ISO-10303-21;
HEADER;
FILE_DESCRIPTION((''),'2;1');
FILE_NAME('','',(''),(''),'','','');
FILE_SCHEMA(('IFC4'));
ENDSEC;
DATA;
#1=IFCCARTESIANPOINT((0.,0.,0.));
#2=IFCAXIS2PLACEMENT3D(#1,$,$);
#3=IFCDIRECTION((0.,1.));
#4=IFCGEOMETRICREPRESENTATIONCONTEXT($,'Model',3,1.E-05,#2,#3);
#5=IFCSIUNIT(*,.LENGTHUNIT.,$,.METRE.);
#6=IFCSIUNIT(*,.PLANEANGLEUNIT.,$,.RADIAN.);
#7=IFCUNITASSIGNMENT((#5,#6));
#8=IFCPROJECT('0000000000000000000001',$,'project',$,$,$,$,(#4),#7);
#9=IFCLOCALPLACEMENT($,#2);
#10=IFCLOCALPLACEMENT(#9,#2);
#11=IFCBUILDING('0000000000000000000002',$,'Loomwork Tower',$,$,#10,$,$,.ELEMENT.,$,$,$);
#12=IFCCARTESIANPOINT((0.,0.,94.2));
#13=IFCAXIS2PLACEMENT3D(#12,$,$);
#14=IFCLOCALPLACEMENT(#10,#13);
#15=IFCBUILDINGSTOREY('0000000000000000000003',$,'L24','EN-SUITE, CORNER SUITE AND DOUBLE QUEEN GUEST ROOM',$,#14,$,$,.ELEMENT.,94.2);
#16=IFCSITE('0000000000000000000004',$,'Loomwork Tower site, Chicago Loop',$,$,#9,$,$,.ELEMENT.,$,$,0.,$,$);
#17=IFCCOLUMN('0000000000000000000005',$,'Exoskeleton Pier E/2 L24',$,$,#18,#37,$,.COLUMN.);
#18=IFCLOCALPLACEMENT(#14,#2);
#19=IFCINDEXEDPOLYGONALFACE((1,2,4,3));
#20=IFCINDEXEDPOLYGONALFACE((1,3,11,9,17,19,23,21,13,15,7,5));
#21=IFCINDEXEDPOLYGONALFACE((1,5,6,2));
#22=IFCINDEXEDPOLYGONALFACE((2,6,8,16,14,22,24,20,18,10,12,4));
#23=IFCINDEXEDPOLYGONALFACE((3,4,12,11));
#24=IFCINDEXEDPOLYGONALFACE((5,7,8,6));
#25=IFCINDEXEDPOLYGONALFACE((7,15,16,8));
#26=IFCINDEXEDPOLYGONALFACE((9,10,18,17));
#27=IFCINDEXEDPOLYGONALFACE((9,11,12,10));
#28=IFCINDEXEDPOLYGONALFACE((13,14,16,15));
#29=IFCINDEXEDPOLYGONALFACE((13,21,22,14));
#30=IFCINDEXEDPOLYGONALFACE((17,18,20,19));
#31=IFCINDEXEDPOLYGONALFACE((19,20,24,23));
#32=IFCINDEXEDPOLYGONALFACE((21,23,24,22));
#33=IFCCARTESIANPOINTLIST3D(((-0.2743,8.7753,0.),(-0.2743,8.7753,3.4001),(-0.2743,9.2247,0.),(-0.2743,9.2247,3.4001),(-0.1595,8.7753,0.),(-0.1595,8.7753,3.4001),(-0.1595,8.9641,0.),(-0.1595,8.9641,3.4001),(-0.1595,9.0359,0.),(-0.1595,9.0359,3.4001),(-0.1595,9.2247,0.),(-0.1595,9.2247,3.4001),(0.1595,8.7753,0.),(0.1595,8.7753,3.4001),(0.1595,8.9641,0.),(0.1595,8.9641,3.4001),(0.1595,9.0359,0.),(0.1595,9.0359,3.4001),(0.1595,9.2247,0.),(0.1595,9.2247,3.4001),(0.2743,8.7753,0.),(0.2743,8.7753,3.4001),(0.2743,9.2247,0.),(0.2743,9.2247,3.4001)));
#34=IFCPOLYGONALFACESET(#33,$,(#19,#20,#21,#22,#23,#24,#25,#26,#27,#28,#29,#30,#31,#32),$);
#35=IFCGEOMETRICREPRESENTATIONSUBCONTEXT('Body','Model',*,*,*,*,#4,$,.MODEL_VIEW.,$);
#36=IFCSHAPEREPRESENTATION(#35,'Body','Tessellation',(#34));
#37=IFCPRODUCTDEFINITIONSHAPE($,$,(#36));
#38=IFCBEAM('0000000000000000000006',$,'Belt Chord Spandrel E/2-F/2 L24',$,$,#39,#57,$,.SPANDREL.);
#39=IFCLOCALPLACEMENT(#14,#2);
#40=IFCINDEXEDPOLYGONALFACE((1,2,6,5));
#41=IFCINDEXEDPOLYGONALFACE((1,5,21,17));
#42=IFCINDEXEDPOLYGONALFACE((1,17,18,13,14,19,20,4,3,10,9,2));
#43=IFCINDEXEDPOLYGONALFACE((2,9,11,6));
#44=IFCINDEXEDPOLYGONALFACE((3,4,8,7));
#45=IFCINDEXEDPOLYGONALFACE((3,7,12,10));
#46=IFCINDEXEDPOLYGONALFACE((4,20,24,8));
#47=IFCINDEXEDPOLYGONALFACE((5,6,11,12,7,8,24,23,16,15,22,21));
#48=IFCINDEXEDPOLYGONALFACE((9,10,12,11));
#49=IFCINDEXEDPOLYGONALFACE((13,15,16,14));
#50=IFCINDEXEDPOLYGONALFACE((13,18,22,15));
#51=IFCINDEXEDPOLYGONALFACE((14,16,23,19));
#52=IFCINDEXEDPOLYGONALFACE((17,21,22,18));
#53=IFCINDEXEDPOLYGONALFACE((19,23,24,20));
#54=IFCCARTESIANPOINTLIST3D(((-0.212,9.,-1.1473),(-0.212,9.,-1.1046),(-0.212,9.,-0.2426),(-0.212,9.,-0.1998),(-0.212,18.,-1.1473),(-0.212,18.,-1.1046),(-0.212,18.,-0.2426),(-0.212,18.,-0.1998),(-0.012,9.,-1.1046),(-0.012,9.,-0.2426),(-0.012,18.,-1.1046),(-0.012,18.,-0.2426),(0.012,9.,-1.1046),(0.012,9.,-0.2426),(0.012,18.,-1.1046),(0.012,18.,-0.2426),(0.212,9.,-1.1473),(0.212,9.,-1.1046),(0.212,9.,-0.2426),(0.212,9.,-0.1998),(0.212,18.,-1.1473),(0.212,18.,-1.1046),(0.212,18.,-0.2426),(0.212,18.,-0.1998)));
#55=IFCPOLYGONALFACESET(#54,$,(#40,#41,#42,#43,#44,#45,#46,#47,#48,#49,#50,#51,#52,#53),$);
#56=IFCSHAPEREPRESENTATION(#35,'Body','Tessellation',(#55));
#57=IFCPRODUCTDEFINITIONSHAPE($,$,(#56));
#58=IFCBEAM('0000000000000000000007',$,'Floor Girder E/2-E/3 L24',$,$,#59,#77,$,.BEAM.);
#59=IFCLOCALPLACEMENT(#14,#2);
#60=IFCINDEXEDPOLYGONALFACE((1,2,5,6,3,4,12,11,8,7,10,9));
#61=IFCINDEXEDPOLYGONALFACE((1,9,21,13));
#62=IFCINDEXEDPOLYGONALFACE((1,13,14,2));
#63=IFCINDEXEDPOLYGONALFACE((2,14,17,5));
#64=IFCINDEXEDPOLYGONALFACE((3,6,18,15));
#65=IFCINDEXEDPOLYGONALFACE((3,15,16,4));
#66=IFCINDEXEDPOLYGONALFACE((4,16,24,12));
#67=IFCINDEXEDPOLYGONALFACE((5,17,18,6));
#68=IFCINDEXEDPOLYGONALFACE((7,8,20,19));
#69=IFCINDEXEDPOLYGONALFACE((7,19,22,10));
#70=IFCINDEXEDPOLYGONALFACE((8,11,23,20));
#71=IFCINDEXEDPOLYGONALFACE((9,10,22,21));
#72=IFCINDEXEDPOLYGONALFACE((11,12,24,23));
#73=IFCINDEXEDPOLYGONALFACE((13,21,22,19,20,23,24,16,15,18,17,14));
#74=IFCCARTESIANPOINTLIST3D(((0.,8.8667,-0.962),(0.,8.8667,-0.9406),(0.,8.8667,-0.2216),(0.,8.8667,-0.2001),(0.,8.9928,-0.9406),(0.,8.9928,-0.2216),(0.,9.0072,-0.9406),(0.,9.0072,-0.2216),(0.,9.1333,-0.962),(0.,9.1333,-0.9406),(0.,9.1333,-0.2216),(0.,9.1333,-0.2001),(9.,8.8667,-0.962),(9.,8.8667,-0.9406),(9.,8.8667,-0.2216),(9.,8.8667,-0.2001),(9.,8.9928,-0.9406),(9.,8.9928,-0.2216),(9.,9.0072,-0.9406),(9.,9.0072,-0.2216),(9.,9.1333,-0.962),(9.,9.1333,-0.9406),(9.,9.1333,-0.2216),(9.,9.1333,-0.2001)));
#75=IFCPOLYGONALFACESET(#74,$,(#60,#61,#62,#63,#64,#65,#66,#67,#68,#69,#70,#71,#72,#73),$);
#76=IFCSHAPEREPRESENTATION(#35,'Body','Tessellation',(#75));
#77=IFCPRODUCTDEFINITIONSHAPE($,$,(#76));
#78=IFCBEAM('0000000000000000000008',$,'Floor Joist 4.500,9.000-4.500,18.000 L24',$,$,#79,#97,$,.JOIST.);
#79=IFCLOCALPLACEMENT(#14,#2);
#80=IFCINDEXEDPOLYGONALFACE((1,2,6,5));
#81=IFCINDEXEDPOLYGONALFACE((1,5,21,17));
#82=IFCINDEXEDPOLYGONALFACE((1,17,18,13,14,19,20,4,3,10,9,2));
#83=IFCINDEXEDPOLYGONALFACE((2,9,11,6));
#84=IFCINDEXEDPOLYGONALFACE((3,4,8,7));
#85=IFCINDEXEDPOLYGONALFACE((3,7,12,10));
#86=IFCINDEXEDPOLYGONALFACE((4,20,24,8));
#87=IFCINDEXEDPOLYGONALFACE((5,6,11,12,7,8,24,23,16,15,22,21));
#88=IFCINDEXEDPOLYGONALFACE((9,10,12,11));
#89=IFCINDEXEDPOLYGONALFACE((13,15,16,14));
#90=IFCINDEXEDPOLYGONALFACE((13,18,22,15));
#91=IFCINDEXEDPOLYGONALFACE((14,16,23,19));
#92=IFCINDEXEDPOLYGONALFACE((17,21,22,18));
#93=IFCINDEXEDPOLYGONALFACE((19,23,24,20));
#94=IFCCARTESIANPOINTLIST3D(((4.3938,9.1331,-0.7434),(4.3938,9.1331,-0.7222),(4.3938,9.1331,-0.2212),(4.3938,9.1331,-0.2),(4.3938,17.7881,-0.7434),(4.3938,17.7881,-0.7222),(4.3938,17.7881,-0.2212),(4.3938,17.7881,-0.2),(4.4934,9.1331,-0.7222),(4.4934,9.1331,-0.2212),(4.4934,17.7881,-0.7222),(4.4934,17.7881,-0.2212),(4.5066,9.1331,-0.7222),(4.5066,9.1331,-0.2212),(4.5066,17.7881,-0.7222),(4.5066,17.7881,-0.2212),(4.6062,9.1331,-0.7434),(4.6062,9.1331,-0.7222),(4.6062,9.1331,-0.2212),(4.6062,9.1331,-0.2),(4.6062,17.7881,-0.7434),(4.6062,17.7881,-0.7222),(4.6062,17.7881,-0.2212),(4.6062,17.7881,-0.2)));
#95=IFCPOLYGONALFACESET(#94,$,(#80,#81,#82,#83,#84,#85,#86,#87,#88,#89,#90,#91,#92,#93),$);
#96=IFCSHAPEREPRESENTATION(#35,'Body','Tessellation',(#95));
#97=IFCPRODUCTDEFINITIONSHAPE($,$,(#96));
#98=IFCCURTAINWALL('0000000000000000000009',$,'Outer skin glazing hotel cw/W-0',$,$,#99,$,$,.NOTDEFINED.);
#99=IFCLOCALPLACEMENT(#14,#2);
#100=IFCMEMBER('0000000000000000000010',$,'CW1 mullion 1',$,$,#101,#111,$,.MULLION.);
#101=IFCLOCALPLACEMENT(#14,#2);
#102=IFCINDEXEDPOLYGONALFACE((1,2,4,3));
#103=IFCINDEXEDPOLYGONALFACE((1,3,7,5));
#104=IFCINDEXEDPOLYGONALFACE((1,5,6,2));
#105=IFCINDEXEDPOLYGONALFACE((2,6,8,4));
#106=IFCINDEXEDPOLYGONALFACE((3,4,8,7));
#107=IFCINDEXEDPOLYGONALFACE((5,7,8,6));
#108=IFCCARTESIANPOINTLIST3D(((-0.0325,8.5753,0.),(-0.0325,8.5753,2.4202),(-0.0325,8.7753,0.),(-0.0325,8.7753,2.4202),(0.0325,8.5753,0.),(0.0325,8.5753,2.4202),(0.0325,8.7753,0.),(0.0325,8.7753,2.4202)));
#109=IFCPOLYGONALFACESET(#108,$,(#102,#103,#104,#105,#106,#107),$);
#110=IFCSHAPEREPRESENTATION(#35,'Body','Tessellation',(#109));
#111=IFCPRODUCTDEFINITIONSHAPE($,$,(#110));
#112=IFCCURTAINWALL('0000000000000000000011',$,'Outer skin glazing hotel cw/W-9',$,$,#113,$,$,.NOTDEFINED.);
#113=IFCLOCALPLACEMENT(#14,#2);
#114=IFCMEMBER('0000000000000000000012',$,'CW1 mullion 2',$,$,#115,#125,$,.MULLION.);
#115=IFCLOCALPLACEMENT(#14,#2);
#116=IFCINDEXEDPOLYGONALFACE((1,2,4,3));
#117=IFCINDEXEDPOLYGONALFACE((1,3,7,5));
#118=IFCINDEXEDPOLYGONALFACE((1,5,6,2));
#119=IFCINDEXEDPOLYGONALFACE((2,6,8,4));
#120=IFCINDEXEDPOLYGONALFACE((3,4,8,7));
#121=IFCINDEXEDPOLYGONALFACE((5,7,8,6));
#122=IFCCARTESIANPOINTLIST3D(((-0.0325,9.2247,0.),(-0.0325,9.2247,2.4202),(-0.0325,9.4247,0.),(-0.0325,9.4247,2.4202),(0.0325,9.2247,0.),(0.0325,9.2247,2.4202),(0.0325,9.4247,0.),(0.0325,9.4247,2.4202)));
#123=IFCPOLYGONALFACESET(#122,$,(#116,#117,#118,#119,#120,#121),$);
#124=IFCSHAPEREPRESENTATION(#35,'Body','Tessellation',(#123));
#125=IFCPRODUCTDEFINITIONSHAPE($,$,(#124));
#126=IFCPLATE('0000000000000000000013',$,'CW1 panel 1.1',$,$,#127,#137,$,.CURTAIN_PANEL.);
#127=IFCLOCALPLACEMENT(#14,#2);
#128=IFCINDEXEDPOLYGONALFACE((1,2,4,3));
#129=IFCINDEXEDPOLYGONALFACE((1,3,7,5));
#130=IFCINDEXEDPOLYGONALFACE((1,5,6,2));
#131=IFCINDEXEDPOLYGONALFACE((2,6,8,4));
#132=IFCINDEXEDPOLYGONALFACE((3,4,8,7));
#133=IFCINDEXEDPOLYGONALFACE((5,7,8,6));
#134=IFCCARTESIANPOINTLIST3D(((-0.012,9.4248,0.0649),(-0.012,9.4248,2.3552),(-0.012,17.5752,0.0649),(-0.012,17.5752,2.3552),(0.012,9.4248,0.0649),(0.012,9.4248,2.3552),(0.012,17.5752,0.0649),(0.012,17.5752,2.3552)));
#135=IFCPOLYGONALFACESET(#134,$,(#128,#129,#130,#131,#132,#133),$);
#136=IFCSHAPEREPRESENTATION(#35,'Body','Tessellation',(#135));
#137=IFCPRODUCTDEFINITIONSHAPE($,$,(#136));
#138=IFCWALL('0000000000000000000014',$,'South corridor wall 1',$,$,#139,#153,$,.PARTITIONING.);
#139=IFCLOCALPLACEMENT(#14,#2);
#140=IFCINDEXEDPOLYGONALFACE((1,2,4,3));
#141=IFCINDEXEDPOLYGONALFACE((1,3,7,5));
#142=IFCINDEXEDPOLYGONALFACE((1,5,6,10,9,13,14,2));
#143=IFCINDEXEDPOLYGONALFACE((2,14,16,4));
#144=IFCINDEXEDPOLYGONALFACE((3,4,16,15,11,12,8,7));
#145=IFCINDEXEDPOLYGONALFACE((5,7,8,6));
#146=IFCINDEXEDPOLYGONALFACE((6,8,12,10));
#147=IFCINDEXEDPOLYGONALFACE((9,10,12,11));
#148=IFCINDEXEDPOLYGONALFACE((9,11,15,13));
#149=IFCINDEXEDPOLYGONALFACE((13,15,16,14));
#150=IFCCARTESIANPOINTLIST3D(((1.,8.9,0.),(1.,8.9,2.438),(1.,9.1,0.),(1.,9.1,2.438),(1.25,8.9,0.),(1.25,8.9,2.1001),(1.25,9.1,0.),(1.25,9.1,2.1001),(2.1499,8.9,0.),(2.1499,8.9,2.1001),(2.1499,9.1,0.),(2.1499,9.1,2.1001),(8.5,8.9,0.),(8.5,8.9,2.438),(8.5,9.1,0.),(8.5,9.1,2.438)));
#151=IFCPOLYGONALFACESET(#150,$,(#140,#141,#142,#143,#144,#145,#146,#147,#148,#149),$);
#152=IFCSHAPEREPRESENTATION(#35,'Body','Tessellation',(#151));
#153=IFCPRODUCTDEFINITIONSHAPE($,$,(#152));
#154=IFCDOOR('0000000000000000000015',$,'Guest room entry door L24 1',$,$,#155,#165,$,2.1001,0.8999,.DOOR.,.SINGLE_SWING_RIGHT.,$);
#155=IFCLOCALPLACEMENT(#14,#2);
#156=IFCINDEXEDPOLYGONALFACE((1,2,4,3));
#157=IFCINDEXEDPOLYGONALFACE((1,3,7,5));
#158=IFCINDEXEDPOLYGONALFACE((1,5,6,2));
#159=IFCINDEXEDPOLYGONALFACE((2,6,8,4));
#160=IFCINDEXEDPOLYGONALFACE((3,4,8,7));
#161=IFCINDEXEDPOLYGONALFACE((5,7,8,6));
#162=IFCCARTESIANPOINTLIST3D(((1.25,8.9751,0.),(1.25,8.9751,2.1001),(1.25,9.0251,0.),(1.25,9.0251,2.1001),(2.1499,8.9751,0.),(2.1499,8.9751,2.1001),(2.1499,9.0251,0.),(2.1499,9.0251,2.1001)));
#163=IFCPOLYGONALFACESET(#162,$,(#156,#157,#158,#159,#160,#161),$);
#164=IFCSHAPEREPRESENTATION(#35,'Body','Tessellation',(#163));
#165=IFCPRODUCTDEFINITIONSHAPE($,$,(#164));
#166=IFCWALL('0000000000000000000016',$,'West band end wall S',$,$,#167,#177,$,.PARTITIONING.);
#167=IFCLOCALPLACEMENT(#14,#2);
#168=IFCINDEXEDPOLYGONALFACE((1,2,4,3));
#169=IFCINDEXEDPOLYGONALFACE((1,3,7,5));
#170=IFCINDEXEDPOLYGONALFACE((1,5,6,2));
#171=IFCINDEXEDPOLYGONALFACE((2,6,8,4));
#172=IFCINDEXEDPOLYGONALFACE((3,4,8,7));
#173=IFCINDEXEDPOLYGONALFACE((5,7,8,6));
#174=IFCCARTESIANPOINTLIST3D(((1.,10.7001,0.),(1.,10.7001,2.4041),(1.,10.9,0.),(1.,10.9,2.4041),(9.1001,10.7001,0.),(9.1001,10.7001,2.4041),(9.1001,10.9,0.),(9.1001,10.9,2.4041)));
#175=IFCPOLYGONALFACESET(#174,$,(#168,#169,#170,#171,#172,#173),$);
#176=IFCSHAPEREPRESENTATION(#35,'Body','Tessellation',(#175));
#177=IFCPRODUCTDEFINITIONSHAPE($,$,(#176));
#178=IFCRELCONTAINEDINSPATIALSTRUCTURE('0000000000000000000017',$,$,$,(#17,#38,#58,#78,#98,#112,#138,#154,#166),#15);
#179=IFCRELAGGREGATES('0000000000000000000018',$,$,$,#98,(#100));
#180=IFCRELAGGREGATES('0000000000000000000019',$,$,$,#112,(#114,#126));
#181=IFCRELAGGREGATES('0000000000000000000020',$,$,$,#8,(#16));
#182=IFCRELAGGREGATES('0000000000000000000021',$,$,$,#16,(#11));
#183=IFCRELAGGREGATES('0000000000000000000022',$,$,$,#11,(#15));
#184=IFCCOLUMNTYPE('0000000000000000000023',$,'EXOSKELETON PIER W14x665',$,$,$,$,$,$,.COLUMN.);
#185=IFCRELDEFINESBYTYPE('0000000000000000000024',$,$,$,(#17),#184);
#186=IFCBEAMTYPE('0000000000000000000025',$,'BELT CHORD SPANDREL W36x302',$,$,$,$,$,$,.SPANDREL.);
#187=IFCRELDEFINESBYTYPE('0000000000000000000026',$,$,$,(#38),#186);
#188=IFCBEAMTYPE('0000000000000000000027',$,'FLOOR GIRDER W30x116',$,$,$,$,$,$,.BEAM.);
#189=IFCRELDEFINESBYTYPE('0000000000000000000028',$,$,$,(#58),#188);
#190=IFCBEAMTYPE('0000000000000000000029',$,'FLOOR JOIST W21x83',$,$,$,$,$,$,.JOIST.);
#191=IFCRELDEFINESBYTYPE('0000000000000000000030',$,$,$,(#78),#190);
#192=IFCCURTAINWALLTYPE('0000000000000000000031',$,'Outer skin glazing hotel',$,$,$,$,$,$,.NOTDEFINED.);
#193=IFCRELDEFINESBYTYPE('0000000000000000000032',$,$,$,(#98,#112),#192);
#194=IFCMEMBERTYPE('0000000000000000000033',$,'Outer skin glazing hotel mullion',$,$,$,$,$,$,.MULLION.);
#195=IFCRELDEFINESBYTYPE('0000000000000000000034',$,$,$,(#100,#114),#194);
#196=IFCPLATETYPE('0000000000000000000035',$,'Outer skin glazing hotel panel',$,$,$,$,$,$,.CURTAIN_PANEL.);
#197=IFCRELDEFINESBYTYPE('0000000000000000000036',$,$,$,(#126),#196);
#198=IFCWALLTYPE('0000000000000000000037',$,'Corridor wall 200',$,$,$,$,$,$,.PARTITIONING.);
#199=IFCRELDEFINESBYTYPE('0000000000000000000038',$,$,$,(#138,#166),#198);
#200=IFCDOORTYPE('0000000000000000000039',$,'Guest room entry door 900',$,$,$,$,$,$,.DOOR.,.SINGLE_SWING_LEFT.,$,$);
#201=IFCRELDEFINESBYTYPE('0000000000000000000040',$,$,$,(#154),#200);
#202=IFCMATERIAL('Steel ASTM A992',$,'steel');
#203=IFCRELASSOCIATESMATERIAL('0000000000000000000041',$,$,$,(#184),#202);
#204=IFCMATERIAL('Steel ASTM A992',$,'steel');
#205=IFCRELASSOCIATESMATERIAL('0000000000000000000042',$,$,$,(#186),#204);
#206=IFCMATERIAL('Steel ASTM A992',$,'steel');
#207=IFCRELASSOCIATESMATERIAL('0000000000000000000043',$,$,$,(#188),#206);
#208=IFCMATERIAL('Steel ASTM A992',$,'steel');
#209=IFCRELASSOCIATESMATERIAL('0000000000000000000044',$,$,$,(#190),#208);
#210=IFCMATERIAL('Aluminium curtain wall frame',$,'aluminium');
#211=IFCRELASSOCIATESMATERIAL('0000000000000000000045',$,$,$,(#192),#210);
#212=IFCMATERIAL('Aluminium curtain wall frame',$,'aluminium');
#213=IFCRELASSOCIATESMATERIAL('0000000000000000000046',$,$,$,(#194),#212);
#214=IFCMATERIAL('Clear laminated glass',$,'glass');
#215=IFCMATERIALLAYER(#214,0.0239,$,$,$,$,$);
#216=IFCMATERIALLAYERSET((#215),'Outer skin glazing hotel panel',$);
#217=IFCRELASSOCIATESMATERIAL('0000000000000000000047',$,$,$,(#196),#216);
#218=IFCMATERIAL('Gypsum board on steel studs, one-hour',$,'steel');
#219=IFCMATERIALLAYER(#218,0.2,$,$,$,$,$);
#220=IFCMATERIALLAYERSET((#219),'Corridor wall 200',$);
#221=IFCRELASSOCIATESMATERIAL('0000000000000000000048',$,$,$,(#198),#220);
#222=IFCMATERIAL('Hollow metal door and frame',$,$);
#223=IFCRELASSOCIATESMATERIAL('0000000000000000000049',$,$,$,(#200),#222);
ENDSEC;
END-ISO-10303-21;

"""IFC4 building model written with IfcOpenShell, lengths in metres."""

from ifc_helpers import new_model, si_unit, direction, frame, frame_2d, origin, origin_2d, place, context, subcontext, project, spatial, rectangle, i_section, extrude, material, layer, layer_set, material_profile, profile_set, type_object, element, fill, aggregate, save


model = new_model("IFC4")

# Units and contexts
model_context = context("Model", 3, precision=1e-05, world=origin(), true_north=direction((0.0, 1.0)))
body_context = subcontext(model_context, "Body", "Model", "MODEL_VIEW")
ifc_project = project(units=[si_unit("LENGTHUNIT", "METRE"), si_unit("PLANEANGLEUNIT", "RADIAN")], contexts=[model_context])

# Site, building, storey
site_placement = place(None, origin())
site = spatial("IfcSite", under=ifc_project, at=site_placement, Name="Loomwork Tower site, Chicago Loop", CompositionType="ELEMENT", RefElevation=0.0)
building_placement = place(site_placement, origin())
building = spatial("IfcBuilding", under=site, at=building_placement, Name="Loomwork Tower", CompositionType="ELEMENT")
storey_placement = place(building_placement, frame((0.0, 0.0, 94.2)))
storey = spatial("IfcBuildingStorey", under=building, at=storey_placement, Name="L24", Description="EN-SUITE, CORNER SUITE AND DOUBLE QUEEN GUEST ROOM", CompositionType="ELEMENT", Elevation=94.2)

# Column
ifc_material_1 = material(Name="Steel ASTM A992", Category="steel")
ifc_material_profile_1 = material_profile(ifc_material_1, i_section(OverallWidth=0.4495, OverallDepth=0.5486, WebThickness=0.0718, FlangeThickness=0.1147, at=origin_2d()), Name="W14x665")
ifc_profile_set_1 = profile_set([ifc_material_profile_1], Name="Steel ASTM A992")
column_type = type_object("IfcColumnType", Name="EXOSKELETON PIER W14x665", PredefinedType="COLUMN", material=ifc_profile_set_1)
column_placement = place(storey_placement, frame((0.0, 9.0, 0.0), z_axis=(0.0, 0.0, 1.0), x_axis=(0.0, 1.0, 0.0)))
element("IfcColumn", 1, at=column_placement, inside=storey, type_object=column_type, Name="Exoskeleton Pier E/2 L24", PredefinedType="COLUMN", context=body_context, shape_type="SweptSolid", body=[
    extrude(i_section(OverallWidth=0.4495, OverallDepth=0.5486, WebThickness=0.0718, FlangeThickness=0.1147, at=origin_2d()), origin(), (0.0, 0.0, 1.0), 3.4001),
])

# Beams
ifc_material_2 = material(Name="Steel ASTM A992", Category="steel")
ifc_material_profile_2 = material_profile(ifc_material_2, i_section(OverallWidth=0.4241, OverallDepth=0.9475, WebThickness=0.0239, FlangeThickness=0.0427, at=origin_2d()), Name="W36x302")
ifc_profile_set_2 = profile_set([ifc_material_profile_2], Name="Steel ASTM A992")
beam_type_1 = type_object("IfcBeamType", Name="BELT CHORD SPANDREL W36x302", PredefinedType="SPANDREL", material=ifc_profile_set_2)
beam_1_placement = place(storey_placement, frame((0.0, 9.0, -0.6736), z_axis=(0.0, 1.0, 0.0), x_axis=(-1.0, 0.0, 0.0)))
element("IfcBeam", 2, at=beam_1_placement, inside=storey, type_object=beam_type_1, Name="Belt Chord Spandrel E/2-F/2 L24", PredefinedType="SPANDREL", context=body_context, shape_type="SweptSolid", body=[
    extrude(i_section(OverallWidth=0.4241, OverallDepth=0.9475, WebThickness=0.0239, FlangeThickness=0.0427, at=origin_2d()), origin(), (0.0, 0.0, 1.0), 9.0),
])
ifc_material_3 = material(Name="Steel ASTM A992", Category="steel")
ifc_material_profile_3 = material_profile(ifc_material_3, i_section(OverallWidth=0.2666, OverallDepth=0.762, WebThickness=0.0144, FlangeThickness=0.0215, at=origin_2d()), Name="W30x116")
ifc_profile_set_3 = profile_set([ifc_material_profile_3], Name="Steel ASTM A992")
beam_type_2 = type_object("IfcBeamType", Name="FLOOR GIRDER W30x116", PredefinedType="BEAM", material=ifc_profile_set_3)
beam_2_placement = place(storey_placement, frame((0.0, 9.0, -0.5811), z_axis=(1.0, 0.0, 0.0), x_axis=(0.0, 1.0, 0.0)))
element("IfcBeam", 3, at=beam_2_placement, inside=storey, type_object=beam_type_2, Name="Floor Girder E/2-E/3 L24", PredefinedType="BEAM", context=body_context, shape_type="SweptSolid", body=[
    extrude(i_section(OverallWidth=0.2666, OverallDepth=0.762, WebThickness=0.0144, FlangeThickness=0.0215, at=origin_2d()), origin(), (0.0, 0.0, 1.0), 9.0),
])
ifc_material_4 = material(Name="Steel ASTM A992", Category="steel")
ifc_material_profile_4 = material_profile(ifc_material_4, i_section(OverallWidth=0.2124, OverallDepth=0.5435, WebThickness=0.0132, FlangeThickness=0.0212, at=origin_2d()), Name="W21x83")
ifc_profile_set_4 = profile_set([ifc_material_profile_4], Name="Steel ASTM A992")
beam_type_3 = type_object("IfcBeamType", Name="FLOOR JOIST W21x83", PredefinedType="JOIST", material=ifc_profile_set_4)
beam_3_placement = place(storey_placement, frame((4.5, 9.1331, -0.4717), z_axis=(0.0, 1.0, 0.0), x_axis=(-1.0, 0.0, 0.0)))
element("IfcBeam", 4, at=beam_3_placement, inside=storey, type_object=beam_type_3, Name="Floor Joist 4.500,9.000-4.500,18.000 L24", PredefinedType="JOIST", context=body_context, shape_type="SweptSolid", body=[
    extrude(i_section(OverallWidth=0.2124, OverallDepth=0.5435, WebThickness=0.0132, FlangeThickness=0.0212, at=origin_2d()), origin(), (0.0, 0.0, 1.0), 8.655),
])

# Curtain wall, member
ifc_material_5 = material(Name="Aluminium curtain wall frame", Category="aluminium")
curtain_wall_type = type_object("IfcCurtainWallType", Name="Outer skin glazing hotel", PredefinedType="NOTDEFINED", material=ifc_material_5)
curtain_wall_1_placement = place(storey_placement, origin())
curtain_wall_1 = element("IfcCurtainWall", 5, at=curtain_wall_1_placement, inside=storey, type_object=curtain_wall_type, Name="Outer skin glazing hotel cw/W-0", PredefinedType="NOTDEFINED")
ifc_material_6 = material(Name="Aluminium curtain wall frame", Category="aluminium")
ifc_material_profile_5 = material_profile(ifc_material_6, rectangle(XDim=0.0649, YDim=0.2, at=origin_2d()), Name="AL 65x200")
ifc_profile_set_5 = profile_set([ifc_material_profile_5], Name="Aluminium curtain wall frame")
member_type = type_object("IfcMemberType", Name="Outer skin glazing hotel mullion", PredefinedType="MULLION", material=ifc_profile_set_5)
member_1_placement = place(storey_placement, frame((0.0, 8.6753, 0.0), z_axis=(0.0, 0.0, 1.0), x_axis=(1.0, 0.0, 0.0)))
member_1 = element("IfcMember", 6, at=member_1_placement, type_object=member_type, Name="CW1 mullion 1", PredefinedType="MULLION", context=body_context, shape_type="SweptSolid", body=[
    extrude(rectangle(XDim=0.0649, YDim=0.2, at=origin_2d()), origin(), (0.0, 0.0, 1.0), 2.4202),
])
aggregate(curtain_wall_1, [member_1])

# Curtain wall, member, plate
curtain_wall_2_placement = place(storey_placement, origin())
curtain_wall_2 = element("IfcCurtainWall", 7, at=curtain_wall_2_placement, inside=storey, type_object=curtain_wall_type, Name="Outer skin glazing hotel cw/W-9", PredefinedType="NOTDEFINED")
member_2_placement = place(storey_placement, frame((0.0, 9.3247, 0.0), z_axis=(0.0, 0.0, 1.0), x_axis=(1.0, 0.0, 0.0)))
member_2 = element("IfcMember", 8, at=member_2_placement, type_object=member_type, Name="CW1 mullion 2", PredefinedType="MULLION", context=body_context, shape_type="SweptSolid", body=[
    extrude(rectangle(XDim=0.0649, YDim=0.2, at=origin_2d()), origin(), (0.0, 0.0, 1.0), 2.4202),
])
ifc_material_7 = material(Name="Clear laminated glass", Category="glass")
ifc_layer_1 = layer(ifc_material_7, 0.0239)
ifc_layer_set_1 = layer_set([ifc_layer_1], Name="Outer skin glazing hotel panel")
plate_type = type_object("IfcPlateType", Name="Outer skin glazing hotel panel", PredefinedType="CURTAIN_PANEL", material=ifc_layer_set_1)
plate_placement = place(storey_placement, frame((0.0, 13.5, 0.0649), z_axis=(0.0, 0.0, 1.0), x_axis=(0.0, -1.0, 0.0)))
plate = element("IfcPlate", 9, at=plate_placement, type_object=plate_type, Name="CW1 panel 1.1", PredefinedType="CURTAIN_PANEL", context=body_context, shape_type="SweptSolid", body=[
    extrude(rectangle(XDim=8.1504, YDim=0.0239, at=origin_2d()), origin(), (0.0, 0.0, 1.0), 2.2903),
])
aggregate(curtain_wall_2, [member_2, plate])

# Wall, opening, door
ifc_material_8 = material(Name="Gypsum board on steel studs, one-hour", Category="steel")
ifc_layer_2 = layer(ifc_material_8, 0.2)
ifc_layer_set_2 = layer_set([ifc_layer_2], Name="Corridor wall 200")
wall_type_1 = type_object("IfcWallType", Name="Corridor wall 200", PredefinedType="PARTITIONING", material=ifc_layer_set_2)
wall_1_placement = place(storey_placement, frame((1.0, 9.0, 0.0), z_axis=(0.0, 0.0, 1.0), x_axis=(1.0, 0.0, 0.0)))
wall_1 = element("IfcWall", 10, at=wall_1_placement, inside=storey, type_object=wall_type_1, Name="South corridor wall 1", PredefinedType="PARTITIONING", context=body_context, shape_type="SweptSolid", body=[
    extrude(rectangle(XDim=7.5, YDim=0.2, at=frame_2d((3.75, 0.0))), origin(), (0.0, 0.0, 1.0), 2.438),
])
opening_1_placement = place(wall_1_placement, frame((0.25, 0.0, 0.0)))
opening_1 = element("IfcOpeningElement", 11, at=opening_1_placement, cuts=wall_1, PredefinedType="OPENING", context=body_context, shape_type="SweptSolid", body=[
    extrude(rectangle(XDim=0.8999, YDim=2.1001, at=frame_2d((0.45, 1.05))), frame((0.0, 0.1099, 0.0), z_axis=(0.0, -1.0, 0.0), x_axis=(1.0, 0.0, 0.0)), (0.0, 0.0, 1.0), 0.22),
])
ifc_material_9 = material(Name="Hollow metal door and frame")
door_type_1 = type_object("IfcDoorType", Name="Guest room entry door 900", OperationType="SINGLE_SWING_LEFT", PredefinedType="DOOR", material=ifc_material_9)
door_1_placement = place(opening_1_placement, frame((0.8999, 0.0, 0.0), z_axis=(0.0, 0.0, 1.0), x_axis=(-1.0, 0.0, 0.0)))
door_1 = element("IfcDoor", 12, at=door_1_placement, inside=storey, type_object=door_type_1, Name="Guest room entry door L24 1", OperationType="SINGLE_SWING_RIGHT", OverallHeight=2.1001, OverallWidth=0.8999, PredefinedType="DOOR", context=body_context, shape_type="SweptSolid", body=[
    extrude(rectangle(XDim=0.8999, YDim=2.1001, at=frame_2d((0.45, 1.05))), frame((0.0, 0.0249, 0.0), z_axis=(0.0, -1.0, 0.0), x_axis=(1.0, 0.0, 0.0)), (0.0, 0.0, 1.0), 0.05),
])
fill(opening_1, door_1)

# Wall
wall_2_placement = place(storey_placement, frame((1.0, 10.8, 0.0), z_axis=(0.0, 0.0, 1.0), x_axis=(1.0, 0.0, 0.0)))
element("IfcWall", 13, at=wall_2_placement, inside=storey, type_object=wall_type_1, Name="West band end wall S", PredefinedType="PARTITIONING", context=body_context, shape_type="SweptSolid", body=[
    extrude(rectangle(XDim=8.1001, YDim=0.2, at=frame_2d((4.05, 0.0))), origin(), (0.0, 0.0, 1.0), 2.4041),
])

save(model, "model.ifc")
